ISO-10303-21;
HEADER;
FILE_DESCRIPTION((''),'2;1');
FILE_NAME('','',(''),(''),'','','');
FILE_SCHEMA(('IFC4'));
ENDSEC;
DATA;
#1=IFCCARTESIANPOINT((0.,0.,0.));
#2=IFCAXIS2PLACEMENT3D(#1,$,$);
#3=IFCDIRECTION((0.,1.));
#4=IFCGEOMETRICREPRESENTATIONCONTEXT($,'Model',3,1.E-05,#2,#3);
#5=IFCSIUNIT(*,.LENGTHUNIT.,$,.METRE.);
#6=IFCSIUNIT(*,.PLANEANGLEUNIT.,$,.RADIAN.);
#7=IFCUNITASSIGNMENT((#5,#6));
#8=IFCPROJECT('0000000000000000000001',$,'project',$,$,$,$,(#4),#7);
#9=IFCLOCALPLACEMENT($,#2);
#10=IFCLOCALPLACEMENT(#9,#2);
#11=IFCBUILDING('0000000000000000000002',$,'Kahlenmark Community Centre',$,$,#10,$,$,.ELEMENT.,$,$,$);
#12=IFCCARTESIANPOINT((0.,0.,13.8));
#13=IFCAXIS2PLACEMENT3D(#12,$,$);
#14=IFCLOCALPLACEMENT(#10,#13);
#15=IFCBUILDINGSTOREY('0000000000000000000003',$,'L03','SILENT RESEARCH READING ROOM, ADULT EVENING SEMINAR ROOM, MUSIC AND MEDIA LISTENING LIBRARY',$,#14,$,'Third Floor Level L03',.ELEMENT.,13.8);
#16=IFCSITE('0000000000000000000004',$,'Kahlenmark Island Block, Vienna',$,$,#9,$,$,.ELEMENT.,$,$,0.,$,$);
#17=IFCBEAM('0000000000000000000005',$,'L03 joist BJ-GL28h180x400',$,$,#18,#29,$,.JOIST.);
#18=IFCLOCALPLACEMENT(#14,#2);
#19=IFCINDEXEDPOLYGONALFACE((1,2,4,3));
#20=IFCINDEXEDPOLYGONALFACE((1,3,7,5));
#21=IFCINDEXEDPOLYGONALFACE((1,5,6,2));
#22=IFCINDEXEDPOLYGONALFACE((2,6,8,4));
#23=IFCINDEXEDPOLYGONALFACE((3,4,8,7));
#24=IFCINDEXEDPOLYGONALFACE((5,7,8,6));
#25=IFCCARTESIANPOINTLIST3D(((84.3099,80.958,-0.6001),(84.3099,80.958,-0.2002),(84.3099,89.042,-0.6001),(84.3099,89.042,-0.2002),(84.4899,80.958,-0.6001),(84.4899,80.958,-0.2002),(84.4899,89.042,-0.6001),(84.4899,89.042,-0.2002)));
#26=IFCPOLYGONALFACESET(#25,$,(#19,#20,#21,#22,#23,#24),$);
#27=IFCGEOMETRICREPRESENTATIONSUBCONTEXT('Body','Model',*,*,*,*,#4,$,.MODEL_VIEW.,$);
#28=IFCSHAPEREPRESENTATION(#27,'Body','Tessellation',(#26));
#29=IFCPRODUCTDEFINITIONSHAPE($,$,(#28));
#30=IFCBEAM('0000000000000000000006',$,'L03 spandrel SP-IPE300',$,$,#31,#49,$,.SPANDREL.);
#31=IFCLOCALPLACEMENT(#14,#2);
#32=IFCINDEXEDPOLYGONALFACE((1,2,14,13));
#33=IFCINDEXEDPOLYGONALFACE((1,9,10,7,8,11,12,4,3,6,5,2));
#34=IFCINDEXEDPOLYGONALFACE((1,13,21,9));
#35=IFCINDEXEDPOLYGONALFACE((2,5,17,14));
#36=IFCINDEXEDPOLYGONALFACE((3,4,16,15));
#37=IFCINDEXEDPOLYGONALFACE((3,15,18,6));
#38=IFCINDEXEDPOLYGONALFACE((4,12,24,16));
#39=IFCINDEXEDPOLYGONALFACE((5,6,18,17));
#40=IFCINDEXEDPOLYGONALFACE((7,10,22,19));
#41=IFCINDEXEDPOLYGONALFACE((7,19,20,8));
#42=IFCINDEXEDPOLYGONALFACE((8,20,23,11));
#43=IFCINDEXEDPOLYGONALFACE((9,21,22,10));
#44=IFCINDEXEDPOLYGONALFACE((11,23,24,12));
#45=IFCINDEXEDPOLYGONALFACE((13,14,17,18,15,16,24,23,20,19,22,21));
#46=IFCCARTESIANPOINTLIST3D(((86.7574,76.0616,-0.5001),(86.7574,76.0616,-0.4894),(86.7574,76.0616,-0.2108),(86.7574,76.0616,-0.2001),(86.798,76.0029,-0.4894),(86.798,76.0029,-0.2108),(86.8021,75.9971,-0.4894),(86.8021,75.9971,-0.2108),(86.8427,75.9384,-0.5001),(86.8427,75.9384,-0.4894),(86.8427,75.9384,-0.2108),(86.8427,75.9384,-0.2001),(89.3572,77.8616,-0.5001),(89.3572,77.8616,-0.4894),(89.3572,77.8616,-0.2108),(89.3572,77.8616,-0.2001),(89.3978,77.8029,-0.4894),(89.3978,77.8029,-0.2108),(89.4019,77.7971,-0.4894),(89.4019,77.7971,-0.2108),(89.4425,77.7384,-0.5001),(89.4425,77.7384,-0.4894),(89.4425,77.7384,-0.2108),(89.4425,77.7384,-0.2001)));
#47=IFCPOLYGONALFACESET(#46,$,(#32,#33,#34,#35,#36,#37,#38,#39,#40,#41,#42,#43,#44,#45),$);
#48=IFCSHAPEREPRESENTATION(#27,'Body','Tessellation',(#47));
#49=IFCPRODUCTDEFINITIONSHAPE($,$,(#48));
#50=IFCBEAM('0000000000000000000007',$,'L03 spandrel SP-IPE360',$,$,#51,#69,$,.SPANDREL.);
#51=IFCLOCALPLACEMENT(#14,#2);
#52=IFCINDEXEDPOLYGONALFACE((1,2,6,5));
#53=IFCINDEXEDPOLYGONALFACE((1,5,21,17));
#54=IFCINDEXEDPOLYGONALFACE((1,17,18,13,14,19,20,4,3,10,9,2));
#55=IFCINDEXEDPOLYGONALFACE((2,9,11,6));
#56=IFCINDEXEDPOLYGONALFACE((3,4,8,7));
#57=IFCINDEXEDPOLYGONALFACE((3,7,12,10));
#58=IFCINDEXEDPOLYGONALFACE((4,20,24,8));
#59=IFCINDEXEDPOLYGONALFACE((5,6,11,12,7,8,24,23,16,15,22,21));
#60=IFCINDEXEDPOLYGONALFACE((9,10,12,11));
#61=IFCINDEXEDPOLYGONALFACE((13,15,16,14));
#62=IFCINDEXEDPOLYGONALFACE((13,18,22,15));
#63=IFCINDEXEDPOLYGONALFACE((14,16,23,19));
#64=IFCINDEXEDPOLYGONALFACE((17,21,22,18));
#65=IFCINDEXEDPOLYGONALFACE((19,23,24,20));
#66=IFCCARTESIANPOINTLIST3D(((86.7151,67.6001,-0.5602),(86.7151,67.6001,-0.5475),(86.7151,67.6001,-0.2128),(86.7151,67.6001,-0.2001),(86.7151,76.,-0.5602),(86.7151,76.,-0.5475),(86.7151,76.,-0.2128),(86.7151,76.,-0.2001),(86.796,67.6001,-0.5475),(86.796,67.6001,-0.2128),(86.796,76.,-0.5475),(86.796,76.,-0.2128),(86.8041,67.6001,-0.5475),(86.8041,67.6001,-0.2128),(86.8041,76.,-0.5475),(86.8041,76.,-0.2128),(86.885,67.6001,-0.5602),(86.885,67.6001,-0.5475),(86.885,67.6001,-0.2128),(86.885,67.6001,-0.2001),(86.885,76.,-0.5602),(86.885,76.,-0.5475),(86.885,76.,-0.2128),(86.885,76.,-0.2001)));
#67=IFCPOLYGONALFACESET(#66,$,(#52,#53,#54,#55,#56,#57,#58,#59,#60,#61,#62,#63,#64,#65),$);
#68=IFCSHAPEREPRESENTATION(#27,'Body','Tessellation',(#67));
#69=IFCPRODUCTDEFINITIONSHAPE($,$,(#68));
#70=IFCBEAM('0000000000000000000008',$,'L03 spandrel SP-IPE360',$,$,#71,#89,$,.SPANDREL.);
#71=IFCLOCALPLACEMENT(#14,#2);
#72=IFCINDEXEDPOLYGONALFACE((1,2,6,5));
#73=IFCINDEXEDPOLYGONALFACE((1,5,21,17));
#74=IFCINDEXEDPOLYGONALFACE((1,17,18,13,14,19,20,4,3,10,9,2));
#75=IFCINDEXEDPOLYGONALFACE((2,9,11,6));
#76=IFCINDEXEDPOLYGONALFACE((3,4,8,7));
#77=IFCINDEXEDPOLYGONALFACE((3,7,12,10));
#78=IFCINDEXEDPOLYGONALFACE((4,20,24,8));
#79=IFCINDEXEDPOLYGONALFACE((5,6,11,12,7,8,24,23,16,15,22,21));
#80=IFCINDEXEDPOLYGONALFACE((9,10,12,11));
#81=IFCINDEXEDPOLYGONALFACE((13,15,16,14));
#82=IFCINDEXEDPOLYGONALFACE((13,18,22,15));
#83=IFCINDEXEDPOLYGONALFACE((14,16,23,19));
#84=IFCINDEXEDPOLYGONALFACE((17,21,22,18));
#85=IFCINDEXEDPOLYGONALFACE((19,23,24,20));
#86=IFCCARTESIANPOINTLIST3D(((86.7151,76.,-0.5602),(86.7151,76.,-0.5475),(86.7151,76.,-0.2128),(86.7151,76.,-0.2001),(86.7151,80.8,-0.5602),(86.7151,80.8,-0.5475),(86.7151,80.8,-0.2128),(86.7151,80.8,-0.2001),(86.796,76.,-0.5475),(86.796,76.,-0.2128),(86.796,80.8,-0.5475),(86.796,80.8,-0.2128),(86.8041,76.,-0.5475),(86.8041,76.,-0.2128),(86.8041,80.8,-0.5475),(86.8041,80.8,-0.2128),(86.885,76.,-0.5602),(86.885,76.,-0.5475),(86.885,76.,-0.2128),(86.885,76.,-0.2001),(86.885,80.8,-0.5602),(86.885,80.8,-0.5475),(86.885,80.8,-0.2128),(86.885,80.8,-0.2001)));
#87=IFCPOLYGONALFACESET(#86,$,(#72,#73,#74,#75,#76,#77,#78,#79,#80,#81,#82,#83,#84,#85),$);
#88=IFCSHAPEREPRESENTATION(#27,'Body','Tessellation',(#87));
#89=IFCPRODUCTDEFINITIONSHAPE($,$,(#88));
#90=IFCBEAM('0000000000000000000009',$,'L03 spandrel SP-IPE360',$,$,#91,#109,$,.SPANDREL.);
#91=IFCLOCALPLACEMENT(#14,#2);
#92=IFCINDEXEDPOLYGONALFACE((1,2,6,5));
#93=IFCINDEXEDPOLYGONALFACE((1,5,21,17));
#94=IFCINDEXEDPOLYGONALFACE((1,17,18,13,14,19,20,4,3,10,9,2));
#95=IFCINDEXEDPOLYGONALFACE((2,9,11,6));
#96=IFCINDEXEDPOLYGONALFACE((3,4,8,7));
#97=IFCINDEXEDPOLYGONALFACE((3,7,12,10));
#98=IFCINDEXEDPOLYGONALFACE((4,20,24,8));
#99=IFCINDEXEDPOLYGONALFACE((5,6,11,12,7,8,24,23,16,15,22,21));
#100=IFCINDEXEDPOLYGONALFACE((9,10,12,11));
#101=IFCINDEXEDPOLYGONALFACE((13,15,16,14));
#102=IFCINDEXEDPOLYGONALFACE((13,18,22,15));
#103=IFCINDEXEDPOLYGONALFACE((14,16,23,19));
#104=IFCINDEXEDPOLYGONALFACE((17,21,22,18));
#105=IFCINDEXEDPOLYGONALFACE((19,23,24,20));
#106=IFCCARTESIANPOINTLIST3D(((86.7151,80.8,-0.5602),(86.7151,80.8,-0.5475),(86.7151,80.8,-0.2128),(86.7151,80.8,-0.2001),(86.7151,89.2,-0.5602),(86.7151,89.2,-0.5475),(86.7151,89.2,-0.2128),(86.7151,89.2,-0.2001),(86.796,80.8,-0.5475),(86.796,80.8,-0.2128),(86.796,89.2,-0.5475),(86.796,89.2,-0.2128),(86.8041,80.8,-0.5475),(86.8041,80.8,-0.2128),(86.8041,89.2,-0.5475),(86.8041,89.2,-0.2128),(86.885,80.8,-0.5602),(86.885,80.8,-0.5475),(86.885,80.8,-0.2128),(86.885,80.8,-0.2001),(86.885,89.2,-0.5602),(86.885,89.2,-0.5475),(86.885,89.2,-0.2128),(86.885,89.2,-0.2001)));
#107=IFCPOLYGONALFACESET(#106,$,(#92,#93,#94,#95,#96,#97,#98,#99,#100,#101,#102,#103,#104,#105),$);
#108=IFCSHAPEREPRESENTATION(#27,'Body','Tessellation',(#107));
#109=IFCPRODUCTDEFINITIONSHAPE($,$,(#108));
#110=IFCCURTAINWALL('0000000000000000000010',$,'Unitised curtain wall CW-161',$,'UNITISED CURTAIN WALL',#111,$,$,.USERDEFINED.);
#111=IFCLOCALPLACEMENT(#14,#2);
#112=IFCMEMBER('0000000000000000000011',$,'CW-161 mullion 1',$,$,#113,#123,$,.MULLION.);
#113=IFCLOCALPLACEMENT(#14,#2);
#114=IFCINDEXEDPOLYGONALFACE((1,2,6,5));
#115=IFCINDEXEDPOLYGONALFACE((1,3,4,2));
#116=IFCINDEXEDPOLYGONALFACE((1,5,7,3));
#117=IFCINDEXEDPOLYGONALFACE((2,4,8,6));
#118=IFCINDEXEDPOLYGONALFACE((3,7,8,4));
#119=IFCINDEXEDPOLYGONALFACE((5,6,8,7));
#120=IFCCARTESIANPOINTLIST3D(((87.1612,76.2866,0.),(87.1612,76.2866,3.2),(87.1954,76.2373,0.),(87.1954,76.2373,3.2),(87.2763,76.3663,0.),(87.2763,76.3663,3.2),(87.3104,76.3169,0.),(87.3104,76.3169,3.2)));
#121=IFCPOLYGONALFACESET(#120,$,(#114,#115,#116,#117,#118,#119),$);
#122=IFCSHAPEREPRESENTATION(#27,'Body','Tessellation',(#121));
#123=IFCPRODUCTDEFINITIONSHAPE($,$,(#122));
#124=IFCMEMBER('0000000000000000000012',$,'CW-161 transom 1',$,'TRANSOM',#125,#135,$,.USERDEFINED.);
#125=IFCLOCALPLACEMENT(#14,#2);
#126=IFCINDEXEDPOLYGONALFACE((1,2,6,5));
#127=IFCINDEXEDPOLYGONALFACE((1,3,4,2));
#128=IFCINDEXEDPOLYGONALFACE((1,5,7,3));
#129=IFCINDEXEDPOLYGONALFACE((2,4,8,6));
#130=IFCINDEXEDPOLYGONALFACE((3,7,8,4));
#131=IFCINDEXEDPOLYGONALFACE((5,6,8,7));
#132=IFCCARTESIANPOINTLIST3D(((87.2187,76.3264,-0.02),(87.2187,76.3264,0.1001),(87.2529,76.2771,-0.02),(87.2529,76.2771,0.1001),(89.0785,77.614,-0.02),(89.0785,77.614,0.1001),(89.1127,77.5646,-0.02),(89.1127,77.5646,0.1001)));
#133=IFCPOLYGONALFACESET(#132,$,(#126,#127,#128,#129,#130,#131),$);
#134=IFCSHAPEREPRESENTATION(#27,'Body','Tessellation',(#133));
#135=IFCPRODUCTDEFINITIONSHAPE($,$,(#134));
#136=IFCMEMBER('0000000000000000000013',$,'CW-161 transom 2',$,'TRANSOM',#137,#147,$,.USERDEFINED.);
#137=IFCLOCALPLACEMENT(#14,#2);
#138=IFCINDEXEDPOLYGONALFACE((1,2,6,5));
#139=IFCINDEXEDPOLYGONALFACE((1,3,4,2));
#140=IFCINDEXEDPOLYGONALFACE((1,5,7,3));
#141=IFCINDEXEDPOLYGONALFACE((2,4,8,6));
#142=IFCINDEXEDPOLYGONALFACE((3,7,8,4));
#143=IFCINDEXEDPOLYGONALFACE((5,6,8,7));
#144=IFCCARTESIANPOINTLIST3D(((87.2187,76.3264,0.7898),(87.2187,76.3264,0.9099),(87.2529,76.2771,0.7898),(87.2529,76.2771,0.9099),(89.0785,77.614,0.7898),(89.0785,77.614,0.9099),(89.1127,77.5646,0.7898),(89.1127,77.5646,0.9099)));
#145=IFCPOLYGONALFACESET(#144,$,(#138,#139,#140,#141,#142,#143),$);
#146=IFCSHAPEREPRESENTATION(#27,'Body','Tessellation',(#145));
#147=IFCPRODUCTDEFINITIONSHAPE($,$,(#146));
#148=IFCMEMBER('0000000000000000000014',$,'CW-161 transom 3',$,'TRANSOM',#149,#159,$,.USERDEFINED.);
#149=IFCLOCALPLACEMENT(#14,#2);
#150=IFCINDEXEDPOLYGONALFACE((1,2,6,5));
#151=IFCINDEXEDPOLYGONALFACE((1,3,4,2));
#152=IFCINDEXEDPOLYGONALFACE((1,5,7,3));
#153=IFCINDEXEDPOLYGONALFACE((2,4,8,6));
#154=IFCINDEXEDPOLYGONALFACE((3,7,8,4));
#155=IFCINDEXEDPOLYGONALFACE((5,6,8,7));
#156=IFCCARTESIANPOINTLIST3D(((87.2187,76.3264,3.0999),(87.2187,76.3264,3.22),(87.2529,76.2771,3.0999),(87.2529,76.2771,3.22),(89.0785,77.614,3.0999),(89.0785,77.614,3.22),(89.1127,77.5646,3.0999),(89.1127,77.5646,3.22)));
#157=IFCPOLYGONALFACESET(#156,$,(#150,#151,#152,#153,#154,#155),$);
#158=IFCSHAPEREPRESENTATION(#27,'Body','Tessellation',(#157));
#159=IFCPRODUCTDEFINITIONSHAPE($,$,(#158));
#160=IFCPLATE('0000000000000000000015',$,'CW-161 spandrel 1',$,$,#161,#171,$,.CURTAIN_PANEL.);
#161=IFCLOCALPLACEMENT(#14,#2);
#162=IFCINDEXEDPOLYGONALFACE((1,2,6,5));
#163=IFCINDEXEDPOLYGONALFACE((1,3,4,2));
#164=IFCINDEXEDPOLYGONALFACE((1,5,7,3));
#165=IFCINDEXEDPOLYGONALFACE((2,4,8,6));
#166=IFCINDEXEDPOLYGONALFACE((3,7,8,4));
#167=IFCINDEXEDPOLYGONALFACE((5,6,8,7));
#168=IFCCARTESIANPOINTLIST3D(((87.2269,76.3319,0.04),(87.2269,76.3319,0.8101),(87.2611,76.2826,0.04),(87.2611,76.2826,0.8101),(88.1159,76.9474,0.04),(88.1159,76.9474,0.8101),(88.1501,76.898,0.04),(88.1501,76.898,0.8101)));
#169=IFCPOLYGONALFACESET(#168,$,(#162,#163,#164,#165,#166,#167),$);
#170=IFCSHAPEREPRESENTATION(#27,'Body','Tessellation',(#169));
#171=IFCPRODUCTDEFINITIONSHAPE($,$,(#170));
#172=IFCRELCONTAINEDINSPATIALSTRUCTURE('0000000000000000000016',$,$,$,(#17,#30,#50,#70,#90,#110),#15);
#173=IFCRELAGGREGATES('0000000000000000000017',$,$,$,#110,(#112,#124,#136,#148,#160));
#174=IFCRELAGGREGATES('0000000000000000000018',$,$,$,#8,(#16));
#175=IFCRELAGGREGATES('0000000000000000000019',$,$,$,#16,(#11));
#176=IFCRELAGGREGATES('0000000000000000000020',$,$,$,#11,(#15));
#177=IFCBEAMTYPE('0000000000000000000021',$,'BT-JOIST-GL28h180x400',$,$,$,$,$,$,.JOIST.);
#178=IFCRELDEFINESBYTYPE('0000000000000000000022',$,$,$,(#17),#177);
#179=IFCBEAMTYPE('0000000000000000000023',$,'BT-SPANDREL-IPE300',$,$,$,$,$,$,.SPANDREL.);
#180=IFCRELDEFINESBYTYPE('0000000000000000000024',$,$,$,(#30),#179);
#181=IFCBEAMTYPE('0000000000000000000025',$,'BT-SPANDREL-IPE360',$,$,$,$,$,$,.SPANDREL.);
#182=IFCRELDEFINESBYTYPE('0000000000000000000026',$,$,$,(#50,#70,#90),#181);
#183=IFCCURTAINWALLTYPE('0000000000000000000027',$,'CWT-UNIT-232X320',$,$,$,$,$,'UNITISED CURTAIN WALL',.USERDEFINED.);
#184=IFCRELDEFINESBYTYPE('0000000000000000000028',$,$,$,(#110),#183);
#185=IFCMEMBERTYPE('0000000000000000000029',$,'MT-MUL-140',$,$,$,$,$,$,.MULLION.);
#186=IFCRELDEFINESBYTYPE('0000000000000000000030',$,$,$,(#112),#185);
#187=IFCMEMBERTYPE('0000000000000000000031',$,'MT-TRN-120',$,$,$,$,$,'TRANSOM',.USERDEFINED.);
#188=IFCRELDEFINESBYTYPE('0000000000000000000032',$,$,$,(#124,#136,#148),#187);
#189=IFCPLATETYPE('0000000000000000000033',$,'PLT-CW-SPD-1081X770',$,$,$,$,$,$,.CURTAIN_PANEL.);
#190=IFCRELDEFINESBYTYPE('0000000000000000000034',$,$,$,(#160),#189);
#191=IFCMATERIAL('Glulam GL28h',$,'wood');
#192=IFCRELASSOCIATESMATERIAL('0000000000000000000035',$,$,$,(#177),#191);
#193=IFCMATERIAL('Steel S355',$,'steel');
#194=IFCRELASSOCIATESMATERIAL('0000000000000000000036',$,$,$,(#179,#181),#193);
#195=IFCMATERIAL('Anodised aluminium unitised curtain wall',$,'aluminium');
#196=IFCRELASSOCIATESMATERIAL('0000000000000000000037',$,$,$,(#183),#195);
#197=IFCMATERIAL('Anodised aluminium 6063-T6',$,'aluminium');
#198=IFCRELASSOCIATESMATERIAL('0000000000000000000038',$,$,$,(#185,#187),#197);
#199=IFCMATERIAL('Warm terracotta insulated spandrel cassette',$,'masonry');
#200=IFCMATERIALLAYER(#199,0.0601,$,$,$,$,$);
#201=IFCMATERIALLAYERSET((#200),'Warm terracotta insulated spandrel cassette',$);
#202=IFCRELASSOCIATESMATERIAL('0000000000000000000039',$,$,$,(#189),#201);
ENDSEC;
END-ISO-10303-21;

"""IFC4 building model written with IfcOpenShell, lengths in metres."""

from ifc_helpers import new_model, si_unit, direction, frame, origin, origin_2d, place, context, subcontext, project, spatial, rectangle, i_section, extrude, material, layer, layer_set, material_profile, profile_set, type_object, element, aggregate, save


model = new_model("IFC4")

# Units and contexts
model_context = context("Model", 3, precision=1e-05, world=origin(), true_north=direction((0.0, 1.0)))
body_context = subcontext(model_context, "Body", "Model", "MODEL_VIEW")
ifc_project = project(units=[si_unit("LENGTHUNIT", "METRE"), si_unit("PLANEANGLEUNIT", "RADIAN")], contexts=[model_context])

# Site, building, storey
site_placement = place(None, origin())
site = spatial("IfcSite", under=ifc_project, at=site_placement, Name="Kahlenmark Island Block, Vienna", CompositionType="ELEMENT", RefElevation=0.0)
building_placement = place(site_placement, origin())
building = spatial("IfcBuilding", under=site, at=building_placement, Name="Kahlenmark Community Centre", CompositionType="ELEMENT")
storey_placement = place(building_placement, frame((0.0, 0.0, 13.8)))
storey = spatial("IfcBuildingStorey", under=building, at=storey_placement, Name="L03", Description="SILENT RESEARCH READING ROOM, ADULT EVENING SEMINAR ROOM, MUSIC AND MEDIA LISTENING LIBRARY", LongName="Third Floor Level L03", CompositionType="ELEMENT", Elevation=13.8)

# Beams
ifc_material_1 = material(Name="Steel S355", Category="steel")
ifc_material_2 = material(Name="Glulam GL28h", Category="wood")
ifc_material_profile_1 = material_profile(ifc_material_2, rectangle(XDim=0.1799, YDim=0.3999, at=origin_2d()), Name="GL28h 180x400")
ifc_profile_set_1 = profile_set([ifc_material_profile_1], Name="Glulam GL28h")
beam_type_1 = type_object("IfcBeamType", Name="BT-JOIST-GL28h180x400", PredefinedType="JOIST", material=ifc_profile_set_1)
for number, where, z_axis, x_axis, name in (
    (1, (84.3999, 80.958, -0.4001), (0.0, 1.0, 0.0), (-1.0, 0.0, 0.0), "L03 joist BJ-GL28h180x400"),
):
    element("IfcBeam", number, at=place(storey_placement, frame(where, z_axis=z_axis, x_axis=x_axis)), inside=storey, type_object=beam_type_1, Name=name, PredefinedType="JOIST", context=body_context, shape_type="SweptSolid", body=[
        extrude(rectangle(XDim=0.1799, YDim=0.3999, at=origin_2d()), origin(), (0.0, 0.0, 1.0), 8.084),
    ])
ifc_material_profile_2 = material_profile(ifc_material_1, i_section(OverallWidth=0.1499, OverallDepth=0.3, WebThickness=0.0071, FlangeThickness=0.0107, at=origin_2d()), Name="IPE 300")
ifc_profile_set_2 = profile_set([ifc_material_profile_2], Name="Steel S355")
beam_type_2 = type_object("IfcBeamType", Name="BT-SPANDREL-IPE300", PredefinedType="SPANDREL", material=ifc_profile_set_2)
beam_1_placement = place(storey_placement, frame((86.8, 76.0, -0.3501), z_axis=(0.82217, 0.569242, 0.0), x_axis=(-0.569242, 0.82217, 0.0)))
element("IfcBeam", 2, at=beam_1_placement, inside=storey, type_object=beam_type_2, Name="L03 spandrel SP-IPE300", PredefinedType="SPANDREL", context=body_context, shape_type="SweptSolid", body=[
    extrude(i_section(OverallWidth=0.1499, OverallDepth=0.3, WebThickness=0.0071, FlangeThickness=0.0107, at=origin_2d()), origin(), (0.0, 0.0, 1.0), 3.1621),
])
ifc_material_profile_3 = material_profile(ifc_material_1, i_section(OverallWidth=0.1699, OverallDepth=0.3601, WebThickness=0.0081, FlangeThickness=0.0127, at=origin_2d()), Name="IPE 360")
ifc_profile_set_3 = profile_set([ifc_material_profile_3], Name="Steel S355")
beam_type_3 = type_object("IfcBeamType", Name="BT-SPANDREL-IPE360", PredefinedType="SPANDREL", material=ifc_profile_set_3)
beam_2_placement = place(storey_placement, frame((86.8, 67.6001, -0.3801), z_axis=(0.0, 1.0, 0.0), x_axis=(-1.0, 0.0, 0.0)))
element("IfcBeam", 3, at=beam_2_placement, inside=storey, type_object=beam_type_3, Name="L03 spandrel SP-IPE360", PredefinedType="SPANDREL", context=body_context, shape_type="SweptSolid", body=[
    extrude(i_section(OverallWidth=0.1699, OverallDepth=0.3601, WebThickness=0.0081, FlangeThickness=0.0127, at=origin_2d()), origin(), (0.0, 0.0, 1.0), 8.3999),
])
beam_3_placement = place(storey_placement, frame((86.8, 76.0, -0.3801), z_axis=(0.0, 1.0, 0.0), x_axis=(-1.0, 0.0, 0.0)))
element("IfcBeam", 4, at=beam_3_placement, inside=storey, type_object=beam_type_3, Name="L03 spandrel SP-IPE360", PredefinedType="SPANDREL", context=body_context, shape_type="SweptSolid", body=[
    extrude(i_section(OverallWidth=0.1699, OverallDepth=0.3601, WebThickness=0.0081, FlangeThickness=0.0127, at=origin_2d()), origin(), (0.0, 0.0, 1.0), 4.8),
])
beam_4_placement = place(storey_placement, frame((86.8, 80.8, -0.3801), z_axis=(0.0, 1.0, 0.0), x_axis=(-1.0, 0.0, 0.0)))
element("IfcBeam", 5, at=beam_4_placement, inside=storey, type_object=beam_type_3, Name="L03 spandrel SP-IPE360", PredefinedType="SPANDREL", context=body_context, shape_type="SweptSolid", body=[
    extrude(i_section(OverallWidth=0.1699, OverallDepth=0.3601, WebThickness=0.0081, FlangeThickness=0.0127, at=origin_2d()), origin(), (0.0, 0.0, 1.0), 8.3999),
])

# Curtain wall, members, plate
ifc_material_3 = material(Name="Anodised aluminium unitised curtain wall", Category="aluminium")
curtain_wall_type = type_object("IfcCurtainWallType", Name="CWT-UNIT-232X320", ElementType="UNITISED CURTAIN WALL", PredefinedType="USERDEFINED", material=ifc_material_3)
curtain_wall_placement = place(storey_placement, origin())
curtain_wall = element("IfcCurtainWall", 6, at=curtain_wall_placement, inside=storey, type_object=curtain_wall_type, Name="Unitised curtain wall CW-161", ObjectType="UNITISED CURTAIN WALL", PredefinedType="USERDEFINED")
ifc_material_4 = material(Name="Anodised aluminium 6063-T6", Category="aluminium")
ifc_material_profile_4 = material_profile(ifc_material_4, rectangle(XDim=0.0601, YDim=0.1399, at=origin_2d()), Name="ALU MULLION 60x140")
ifc_profile_set_4 = profile_set([ifc_material_profile_4], Name="Anodised aluminium 6063-T6")
member_type_1 = type_object("IfcMemberType", Name="MT-MUL-140", PredefinedType="MULLION", material=ifc_profile_set_4)
member_1_placement = place(storey_placement, frame((87.2358, 76.3018, 0.0), z_axis=(0.0, 0.0, 1.0), x_axis=(-0.569212, 0.822191, 0.0)))
member_1 = element("IfcMember", 7, at=member_1_placement, type_object=member_type_1, Name="CW-161 mullion 1", PredefinedType="MULLION", context=body_context, shape_type="SweptSolid", body=[
    extrude(rectangle(XDim=0.0601, YDim=0.1399, at=origin_2d()), origin(), (0.0, 0.0, 1.0), 3.2),
])
ifc_material_profile_5 = material_profile(ifc_material_4, rectangle(XDim=0.0601, YDim=0.1201, at=origin_2d()), Name="ALU TRANSOM 60x120")
ifc_profile_set_5 = profile_set([ifc_material_profile_5], Name="Anodised aluminium 6063-T6")
member_type_2 = type_object("IfcMemberType", Name="MT-TRN-120", ElementType="TRANSOM", PredefinedType="USERDEFINED", material=ifc_profile_set_5)
member_2_placement = place(storey_placement, frame((87.2358, 76.3018, 0.04), z_axis=(0.822192, 0.56921, 0.0), x_axis=(-0.56921, 0.822192, 0.0)))
member_2 = element("IfcMember", 8, at=member_2_placement, type_object=member_type_2, Name="CW-161 transom 1", ObjectType="TRANSOM", PredefinedType="USERDEFINED", context=body_context, shape_type="SweptSolid", body=[
    extrude(rectangle(XDim=0.0601, YDim=0.1201, at=origin_2d()), origin(), (0.0, 0.0, 1.0), 2.262),
])
member_3_placement = place(storey_placement, frame((87.2358, 76.3018, 0.8499), z_axis=(0.822192, 0.56921, 0.0), x_axis=(-0.56921, 0.822192, 0.0)))
member_3 = element("IfcMember", 9, at=member_3_placement, type_object=member_type_2, Name="CW-161 transom 2", ObjectType="TRANSOM", PredefinedType="USERDEFINED", context=body_context, shape_type="SweptSolid", body=[
    extrude(rectangle(XDim=0.0601, YDim=0.1201, at=origin_2d()), origin(), (0.0, 0.0, 1.0), 2.262),
])
member_4_placement = place(storey_placement, frame((87.2358, 76.3018, 3.1599), z_axis=(0.822192, 0.56921, 0.0), x_axis=(-0.56921, 0.822192, 0.0)))
member_4 = element("IfcMember", 10, at=member_4_placement, type_object=member_type_2, Name="CW-161 transom 3", ObjectType="TRANSOM", PredefinedType="USERDEFINED", context=body_context, shape_type="SweptSolid", body=[
    extrude(rectangle(XDim=0.0601, YDim=0.1201, at=origin_2d()), origin(), (0.0, 0.0, 1.0), 2.262),
])
ifc_material_5 = material(Name="Warm terracotta insulated spandrel cassette", Category="masonry")
ifc_layer_1 = layer(ifc_material_5, 0.0601)
ifc_layer_set_1 = layer_set([ifc_layer_1], Name="Warm terracotta insulated spandrel cassette")
plate_type = type_object("IfcPlateType", Name="PLT-CW-SPD-1081X770", PredefinedType="CURTAIN_PANEL", material=ifc_layer_set_1)
plate_placement = place(storey_placement, frame((87.6885, 76.615, 0.04), z_axis=(0.0, 0.0, 1.0), x_axis=(0.822191, 0.569212, 0.0)))
plate = element("IfcPlate", 11, at=plate_placement, type_object=plate_type, Name="CW-161 spandrel 1", PredefinedType="CURTAIN_PANEL", context=body_context, shape_type="SweptSolid", body=[
    extrude(rectangle(XDim=1.0813, YDim=0.0601, at=origin_2d()), origin(), (0.0, 0.0, 1.0), 0.77),
])
aggregate(curtain_wall, [member_1, member_2, member_3, member_4, plate])

save(model, "model.ifc")
